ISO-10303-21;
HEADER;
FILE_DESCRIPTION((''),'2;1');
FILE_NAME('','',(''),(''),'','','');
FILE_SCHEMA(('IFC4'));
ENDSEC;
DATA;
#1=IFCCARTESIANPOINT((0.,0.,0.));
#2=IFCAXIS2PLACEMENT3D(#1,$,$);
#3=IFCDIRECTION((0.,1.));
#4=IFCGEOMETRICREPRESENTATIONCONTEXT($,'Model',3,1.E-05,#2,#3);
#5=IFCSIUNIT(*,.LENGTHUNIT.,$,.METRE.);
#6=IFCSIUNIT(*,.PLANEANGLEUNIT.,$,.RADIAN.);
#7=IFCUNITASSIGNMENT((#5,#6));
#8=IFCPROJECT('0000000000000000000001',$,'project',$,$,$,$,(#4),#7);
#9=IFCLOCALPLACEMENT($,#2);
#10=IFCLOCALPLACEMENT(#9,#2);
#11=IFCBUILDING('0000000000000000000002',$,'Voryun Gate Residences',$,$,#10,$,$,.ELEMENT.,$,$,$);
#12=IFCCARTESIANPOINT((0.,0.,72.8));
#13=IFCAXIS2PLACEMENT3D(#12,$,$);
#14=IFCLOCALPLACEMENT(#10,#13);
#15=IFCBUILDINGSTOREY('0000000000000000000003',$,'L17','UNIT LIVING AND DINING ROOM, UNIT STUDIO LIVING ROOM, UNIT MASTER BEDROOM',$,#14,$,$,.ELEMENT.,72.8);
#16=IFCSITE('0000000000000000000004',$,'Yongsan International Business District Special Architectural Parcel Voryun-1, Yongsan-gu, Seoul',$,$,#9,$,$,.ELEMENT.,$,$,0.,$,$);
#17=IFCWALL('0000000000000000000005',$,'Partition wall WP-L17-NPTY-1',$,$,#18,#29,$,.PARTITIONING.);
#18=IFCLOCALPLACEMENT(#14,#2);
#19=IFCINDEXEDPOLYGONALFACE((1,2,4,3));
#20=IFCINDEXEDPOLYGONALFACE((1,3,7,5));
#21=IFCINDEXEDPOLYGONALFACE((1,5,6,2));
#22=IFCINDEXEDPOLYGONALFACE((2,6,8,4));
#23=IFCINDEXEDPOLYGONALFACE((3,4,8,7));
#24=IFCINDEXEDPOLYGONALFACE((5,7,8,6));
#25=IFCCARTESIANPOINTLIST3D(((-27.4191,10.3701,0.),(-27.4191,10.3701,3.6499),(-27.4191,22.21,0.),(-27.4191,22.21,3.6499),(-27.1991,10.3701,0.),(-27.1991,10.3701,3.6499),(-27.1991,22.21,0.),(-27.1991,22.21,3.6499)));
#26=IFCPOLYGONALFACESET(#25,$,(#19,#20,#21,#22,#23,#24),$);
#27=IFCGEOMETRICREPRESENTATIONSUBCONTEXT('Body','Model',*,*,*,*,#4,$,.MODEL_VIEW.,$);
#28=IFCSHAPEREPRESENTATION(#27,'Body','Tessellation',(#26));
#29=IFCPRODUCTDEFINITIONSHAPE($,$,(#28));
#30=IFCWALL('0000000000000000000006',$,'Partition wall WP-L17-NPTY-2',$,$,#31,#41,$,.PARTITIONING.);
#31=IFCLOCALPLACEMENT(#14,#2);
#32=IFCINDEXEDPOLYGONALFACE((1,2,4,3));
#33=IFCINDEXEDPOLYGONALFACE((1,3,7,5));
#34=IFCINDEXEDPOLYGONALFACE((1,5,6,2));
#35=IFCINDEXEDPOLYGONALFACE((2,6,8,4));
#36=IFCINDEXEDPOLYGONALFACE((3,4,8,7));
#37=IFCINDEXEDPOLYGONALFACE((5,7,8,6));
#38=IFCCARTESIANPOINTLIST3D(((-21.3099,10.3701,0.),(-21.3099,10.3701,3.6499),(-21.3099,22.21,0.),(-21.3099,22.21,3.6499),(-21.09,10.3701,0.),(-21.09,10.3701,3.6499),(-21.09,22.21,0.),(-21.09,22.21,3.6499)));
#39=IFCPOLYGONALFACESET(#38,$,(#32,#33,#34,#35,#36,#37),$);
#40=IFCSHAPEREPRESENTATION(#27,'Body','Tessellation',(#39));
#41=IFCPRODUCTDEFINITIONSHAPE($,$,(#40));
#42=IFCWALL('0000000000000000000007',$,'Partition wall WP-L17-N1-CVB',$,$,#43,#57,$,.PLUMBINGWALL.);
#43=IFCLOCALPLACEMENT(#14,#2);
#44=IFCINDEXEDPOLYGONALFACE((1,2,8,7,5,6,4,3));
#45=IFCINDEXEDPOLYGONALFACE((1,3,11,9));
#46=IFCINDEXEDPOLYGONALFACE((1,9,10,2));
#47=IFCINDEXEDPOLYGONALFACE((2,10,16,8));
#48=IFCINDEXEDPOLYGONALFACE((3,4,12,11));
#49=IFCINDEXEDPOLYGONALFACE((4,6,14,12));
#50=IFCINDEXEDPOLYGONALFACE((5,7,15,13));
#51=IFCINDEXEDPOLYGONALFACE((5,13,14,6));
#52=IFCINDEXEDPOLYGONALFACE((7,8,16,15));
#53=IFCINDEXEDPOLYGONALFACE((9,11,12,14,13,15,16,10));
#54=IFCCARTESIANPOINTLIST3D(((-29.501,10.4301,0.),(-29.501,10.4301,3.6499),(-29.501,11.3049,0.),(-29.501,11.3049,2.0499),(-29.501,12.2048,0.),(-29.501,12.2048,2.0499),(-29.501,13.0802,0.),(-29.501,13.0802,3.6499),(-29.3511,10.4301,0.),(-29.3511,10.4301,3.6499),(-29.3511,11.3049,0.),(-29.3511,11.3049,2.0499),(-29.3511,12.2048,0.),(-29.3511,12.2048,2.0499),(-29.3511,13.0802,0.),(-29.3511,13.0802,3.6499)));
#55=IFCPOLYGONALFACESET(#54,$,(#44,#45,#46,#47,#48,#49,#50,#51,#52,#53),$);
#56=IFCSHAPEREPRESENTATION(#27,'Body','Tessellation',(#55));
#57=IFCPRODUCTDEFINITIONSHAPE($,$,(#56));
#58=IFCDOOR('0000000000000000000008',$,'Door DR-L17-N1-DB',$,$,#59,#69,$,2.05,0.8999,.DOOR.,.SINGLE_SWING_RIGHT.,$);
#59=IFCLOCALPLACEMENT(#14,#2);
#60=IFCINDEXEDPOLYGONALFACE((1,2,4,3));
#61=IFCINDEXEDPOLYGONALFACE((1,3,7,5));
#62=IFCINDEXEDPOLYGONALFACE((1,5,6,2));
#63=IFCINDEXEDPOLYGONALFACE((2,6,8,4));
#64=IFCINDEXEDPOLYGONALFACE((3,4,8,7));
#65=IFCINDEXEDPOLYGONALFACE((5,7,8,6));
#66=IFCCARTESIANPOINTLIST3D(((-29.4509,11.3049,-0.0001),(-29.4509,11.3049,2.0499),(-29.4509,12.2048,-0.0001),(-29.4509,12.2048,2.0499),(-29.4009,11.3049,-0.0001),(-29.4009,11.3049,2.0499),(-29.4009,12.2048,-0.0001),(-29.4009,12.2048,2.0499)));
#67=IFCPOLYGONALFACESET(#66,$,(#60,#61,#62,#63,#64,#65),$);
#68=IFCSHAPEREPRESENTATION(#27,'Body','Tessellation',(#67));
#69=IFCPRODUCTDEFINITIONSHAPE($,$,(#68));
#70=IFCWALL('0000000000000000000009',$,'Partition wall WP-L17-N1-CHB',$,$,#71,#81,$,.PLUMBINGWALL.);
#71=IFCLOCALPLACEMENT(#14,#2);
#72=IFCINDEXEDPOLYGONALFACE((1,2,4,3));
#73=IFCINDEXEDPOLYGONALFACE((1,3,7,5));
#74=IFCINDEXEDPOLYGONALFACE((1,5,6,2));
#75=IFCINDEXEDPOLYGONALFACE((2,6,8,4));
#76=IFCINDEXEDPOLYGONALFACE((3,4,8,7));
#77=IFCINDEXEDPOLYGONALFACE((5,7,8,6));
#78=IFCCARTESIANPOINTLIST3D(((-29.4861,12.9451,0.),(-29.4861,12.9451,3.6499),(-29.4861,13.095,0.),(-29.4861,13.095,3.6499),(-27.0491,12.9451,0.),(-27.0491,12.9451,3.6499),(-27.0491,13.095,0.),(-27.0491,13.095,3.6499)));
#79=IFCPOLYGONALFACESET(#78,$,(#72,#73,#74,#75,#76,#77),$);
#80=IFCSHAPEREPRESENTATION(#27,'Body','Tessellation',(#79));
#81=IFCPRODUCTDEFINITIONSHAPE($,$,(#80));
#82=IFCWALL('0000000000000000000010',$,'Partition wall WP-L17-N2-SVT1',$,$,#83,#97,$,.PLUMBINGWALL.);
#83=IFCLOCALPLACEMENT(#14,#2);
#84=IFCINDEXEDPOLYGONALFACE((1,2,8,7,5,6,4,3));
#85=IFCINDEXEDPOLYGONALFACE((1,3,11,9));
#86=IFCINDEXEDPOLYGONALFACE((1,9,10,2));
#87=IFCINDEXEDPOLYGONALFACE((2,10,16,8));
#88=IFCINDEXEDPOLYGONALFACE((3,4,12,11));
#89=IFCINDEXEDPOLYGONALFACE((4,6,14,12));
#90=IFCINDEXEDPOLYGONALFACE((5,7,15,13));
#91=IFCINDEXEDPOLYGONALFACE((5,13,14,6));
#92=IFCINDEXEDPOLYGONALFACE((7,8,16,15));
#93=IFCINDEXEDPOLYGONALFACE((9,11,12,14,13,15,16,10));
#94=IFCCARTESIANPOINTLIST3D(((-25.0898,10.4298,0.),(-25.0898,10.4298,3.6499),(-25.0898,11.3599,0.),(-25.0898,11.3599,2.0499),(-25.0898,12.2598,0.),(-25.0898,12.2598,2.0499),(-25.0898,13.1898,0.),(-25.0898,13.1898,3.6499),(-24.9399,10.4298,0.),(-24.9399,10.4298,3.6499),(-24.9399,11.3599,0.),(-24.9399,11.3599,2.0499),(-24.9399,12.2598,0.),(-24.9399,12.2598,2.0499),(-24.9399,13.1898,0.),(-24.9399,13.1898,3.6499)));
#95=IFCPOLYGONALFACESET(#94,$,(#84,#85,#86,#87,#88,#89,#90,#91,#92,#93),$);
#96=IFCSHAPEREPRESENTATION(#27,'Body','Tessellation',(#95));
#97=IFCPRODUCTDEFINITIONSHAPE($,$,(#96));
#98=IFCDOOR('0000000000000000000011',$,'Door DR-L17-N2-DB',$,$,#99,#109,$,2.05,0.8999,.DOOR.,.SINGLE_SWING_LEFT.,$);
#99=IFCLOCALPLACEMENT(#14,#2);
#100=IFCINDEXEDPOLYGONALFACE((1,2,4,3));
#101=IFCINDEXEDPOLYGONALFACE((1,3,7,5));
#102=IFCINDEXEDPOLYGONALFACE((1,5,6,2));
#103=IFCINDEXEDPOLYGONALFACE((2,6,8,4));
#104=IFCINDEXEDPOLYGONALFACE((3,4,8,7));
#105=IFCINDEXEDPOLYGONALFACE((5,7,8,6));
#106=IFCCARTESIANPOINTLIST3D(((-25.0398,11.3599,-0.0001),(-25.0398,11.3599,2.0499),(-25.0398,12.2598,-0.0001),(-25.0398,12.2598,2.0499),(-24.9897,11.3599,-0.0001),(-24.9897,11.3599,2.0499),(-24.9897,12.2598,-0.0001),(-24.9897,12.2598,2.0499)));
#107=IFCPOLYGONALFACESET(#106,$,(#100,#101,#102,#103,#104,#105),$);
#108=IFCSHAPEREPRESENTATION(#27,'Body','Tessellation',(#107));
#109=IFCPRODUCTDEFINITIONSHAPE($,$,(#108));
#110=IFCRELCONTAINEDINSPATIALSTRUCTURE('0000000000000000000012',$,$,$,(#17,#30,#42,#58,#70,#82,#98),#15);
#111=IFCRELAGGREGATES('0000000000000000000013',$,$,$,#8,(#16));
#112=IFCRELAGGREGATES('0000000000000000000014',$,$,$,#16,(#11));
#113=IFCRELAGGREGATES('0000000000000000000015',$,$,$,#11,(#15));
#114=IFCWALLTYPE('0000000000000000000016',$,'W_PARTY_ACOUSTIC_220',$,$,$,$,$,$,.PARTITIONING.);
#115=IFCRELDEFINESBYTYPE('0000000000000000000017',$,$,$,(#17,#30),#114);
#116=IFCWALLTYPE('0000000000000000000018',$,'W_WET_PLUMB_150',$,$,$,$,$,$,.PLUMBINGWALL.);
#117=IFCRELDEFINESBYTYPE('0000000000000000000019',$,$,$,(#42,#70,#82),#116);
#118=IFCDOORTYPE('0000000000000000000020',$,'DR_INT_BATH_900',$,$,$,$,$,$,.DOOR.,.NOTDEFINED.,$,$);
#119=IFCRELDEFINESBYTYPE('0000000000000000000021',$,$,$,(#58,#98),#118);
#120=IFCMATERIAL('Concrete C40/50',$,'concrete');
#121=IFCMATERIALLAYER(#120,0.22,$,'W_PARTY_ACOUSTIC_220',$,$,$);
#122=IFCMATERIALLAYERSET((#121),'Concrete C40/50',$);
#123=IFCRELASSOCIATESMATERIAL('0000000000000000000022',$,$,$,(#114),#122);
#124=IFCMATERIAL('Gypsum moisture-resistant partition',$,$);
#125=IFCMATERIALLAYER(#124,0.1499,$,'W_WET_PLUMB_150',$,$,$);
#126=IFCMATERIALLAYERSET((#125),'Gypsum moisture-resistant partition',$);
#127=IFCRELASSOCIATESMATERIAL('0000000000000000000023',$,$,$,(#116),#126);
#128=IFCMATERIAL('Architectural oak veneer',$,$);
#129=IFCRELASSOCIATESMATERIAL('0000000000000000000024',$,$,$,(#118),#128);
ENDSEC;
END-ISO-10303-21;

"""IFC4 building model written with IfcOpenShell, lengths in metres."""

from ifc_helpers import new_model, si_unit, direction, frame, frame_2d, origin, place, context, subcontext, project, spatial, rectangle, extrude, material, layer, layer_set, type_object, element, fill, save


model = new_model("IFC4")

# Units and contexts
model_context = context("Model", 3, precision=1e-05, world=origin(), true_north=direction((0.0, 1.0)))
body_context = subcontext(model_context, "Body", "Model", "MODEL_VIEW")
ifc_project = project(units=[si_unit("LENGTHUNIT", "METRE"), si_unit("PLANEANGLEUNIT", "RADIAN")], contexts=[model_context])

# Site, building, storey
site_placement = place(None, origin())
site = spatial("IfcSite", under=ifc_project, at=site_placement, Name="Yongsan International Business District Special Architectural Parcel Voryun-1, Yongsan-gu, Seoul", CompositionType="ELEMENT", RefElevation=0.0)
building_placement = place(site_placement, origin())
building = spatial("IfcBuilding", under=site, at=building_placement, Name="Voryun Gate Residences", CompositionType="ELEMENT")
storey_placement = place(building_placement, frame((0.0, 0.0, 72.8)))
storey = spatial("IfcBuildingStorey", under=building, at=storey_placement, Name="L17", Description="UNIT LIVING AND DINING ROOM, UNIT STUDIO LIVING ROOM, UNIT MASTER BEDROOM", CompositionType="ELEMENT", Elevation=72.8)

# Walls
ifc_material_1 = material(Name="Concrete C40/50", Category="concrete")
ifc_layer_1 = layer(ifc_material_1, 0.22, Name="W_PARTY_ACOUSTIC_220")
ifc_layer_set_1 = layer_set([ifc_layer_1], Name="Concrete C40/50")
wall_type_1 = type_object("IfcWallType", Name="W_PARTY_ACOUSTIC_220", PredefinedType="PARTITIONING", material=ifc_layer_set_1)
for number, where, z_axis, x_axis, name in (
    (1, (-27.3091, 10.3701, 0.0), (0.0, 0.0, 1.0), (0.0, 1.0, 0.0), "Partition wall WP-L17-NPTY-1"),
    (2, (-21.2, 10.3701, 0.0), (0.0, 0.0, 1.0), (0.0, 1.0, 0.0), "Partition wall WP-L17-NPTY-2"),
):
    element("IfcWall", number, at=place(storey_placement, frame(where, z_axis=z_axis, x_axis=x_axis)), inside=storey, type_object=wall_type_1, Name=name, PredefinedType="PARTITIONING", context=body_context, shape_type="SweptSolid", body=[
        extrude(rectangle(XDim=11.8398, YDim=0.22, at=frame_2d((5.9199, 0.0))), origin(), (0.0, 0.0, 1.0), 3.6499),
    ])

# Wall, opening, door
ifc_material_2 = material(Name="Gypsum moisture-resistant partition")
ifc_layer_2 = layer(ifc_material_2, 0.1499, Name="W_WET_PLUMB_150")
ifc_layer_set_2 = layer_set([ifc_layer_2], Name="Gypsum moisture-resistant partition")
wall_type_2 = type_object("IfcWallType", Name="W_WET_PLUMB_150", PredefinedType="PLUMBINGWALL", material=ifc_layer_set_2)
wall_1_placement = place(storey_placement, frame((-29.426, 10.4299, 0.0), z_axis=(0.0, 0.0, 1.0), x_axis=(0.0, 1.0, 0.0)))
wall_1 = element("IfcWall", 3, at=wall_1_placement, inside=storey, type_object=wall_type_2, Name="Partition wall WP-L17-N1-CVB", PredefinedType="PLUMBINGWALL", context=body_context, shape_type="SweptSolid", body=[
    extrude(rectangle(XDim=2.6501, YDim=0.1499, at=frame_2d((1.3252, 0.0))), origin(), (0.0, 0.0, 1.0), 3.6499),
])
opening_1_placement = place(wall_1_placement, frame((0.875, 0.0, 0.0)))
opening_1 = element("IfcOpeningElement", 4, at=opening_1_placement, cuts=wall_1, PredefinedType="OPENING", context=body_context, shape_type="SweptSolid", body=[
    extrude(rectangle(XDim=0.8999, YDim=2.05, at=frame_2d((0.45, 1.0249))), frame((0.0, 0.085, 0.0), z_axis=(0.0, -1.0, 0.0), x_axis=(1.0, 0.0, 0.0)), (0.0, 0.0, 1.0), 0.1699),
])
ifc_material_3 = material(Name="Architectural oak veneer")
door_type = type_object("IfcDoorType", Name="DR_INT_BATH_900", OperationType="NOTDEFINED", PredefinedType="DOOR", material=ifc_material_3)
door_1_placement = place(opening_1_placement, origin())
door_1 = element("IfcDoor", 5, at=door_1_placement, inside=storey, type_object=door_type, Name="Door DR-L17-N1-DB", OperationType="SINGLE_SWING_RIGHT", OverallHeight=2.05, OverallWidth=0.8999, PredefinedType="DOOR", context=body_context, shape_type="SweptSolid", body=[
    extrude(rectangle(XDim=0.8999, YDim=2.05, at=frame_2d((0.45, 1.0249))), frame((0.0, 0.0249, 0.0), z_axis=(0.0, -1.0, 0.0), x_axis=(1.0, 0.0, 0.0)), (0.0, 0.0, 1.0), 0.05),
])
fill(opening_1, door_1)

# Wall
wall_2_placement = place(storey_placement, frame((-29.4861, 13.02, 0.0), z_axis=(0.0, 0.0, 1.0), x_axis=(1.0, 0.0, 0.0)))
element("IfcWall", 6, at=wall_2_placement, inside=storey, type_object=wall_type_2, Name="Partition wall WP-L17-N1-CHB", PredefinedType="PLUMBINGWALL", context=body_context, shape_type="SweptSolid", body=[
    extrude(rectangle(XDim=2.437, YDim=0.1499, at=frame_2d((1.2185, 0.0))), origin(), (0.0, 0.0, 1.0), 3.6499),
])

# Wall, opening, door
wall_3_placement = place(storey_placement, frame((-25.0149, 10.4299, 0.0), z_axis=(0.0, 0.0, 1.0), x_axis=(0.0, 1.0, 0.0)))
wall_3 = element("IfcWall", 7, at=wall_3_placement, inside=storey, type_object=wall_type_2, Name="Partition wall WP-L17-N2-SVT1", PredefinedType="PLUMBINGWALL", context=body_context, shape_type="SweptSolid", body=[
    extrude(rectangle(XDim=2.76, YDim=0.1499, at=frame_2d((1.3799, 0.0))), origin(), (0.0, 0.0, 1.0), 3.6499),
])
opening_2_placement = place(wall_3_placement, frame((0.9299, 0.0, 0.0)))
opening_2 = element("IfcOpeningElement", 8, at=opening_2_placement, cuts=wall_3, PredefinedType="OPENING", context=body_context, shape_type="SweptSolid", body=[
    extrude(rectangle(XDim=0.8999, YDim=2.05, at=frame_2d((0.45, 1.0249))), frame((0.0, 0.085, 0.0), z_axis=(0.0, -1.0, 0.0), x_axis=(1.0, 0.0, 0.0)), (0.0, 0.0, 1.0), 0.1699),
])
door_2_placement = place(opening_2_placement, origin())
door_2 = element("IfcDoor", 9, at=door_2_placement, inside=storey, type_object=door_type, Name="Door DR-L17-N2-DB", OperationType="SINGLE_SWING_LEFT", OverallHeight=2.05, OverallWidth=0.8999, PredefinedType="DOOR", context=body_context, shape_type="SweptSolid", body=[
    extrude(rectangle(XDim=0.8999, YDim=2.05, at=frame_2d((0.45, 1.0249))), frame((0.0, 0.0249, 0.0), z_axis=(0.0, -1.0, 0.0), x_axis=(1.0, 0.0, 0.0)), (0.0, 0.0, 1.0), 0.05),
])
fill(opening_2, door_2)

save(model, "model.ifc")
